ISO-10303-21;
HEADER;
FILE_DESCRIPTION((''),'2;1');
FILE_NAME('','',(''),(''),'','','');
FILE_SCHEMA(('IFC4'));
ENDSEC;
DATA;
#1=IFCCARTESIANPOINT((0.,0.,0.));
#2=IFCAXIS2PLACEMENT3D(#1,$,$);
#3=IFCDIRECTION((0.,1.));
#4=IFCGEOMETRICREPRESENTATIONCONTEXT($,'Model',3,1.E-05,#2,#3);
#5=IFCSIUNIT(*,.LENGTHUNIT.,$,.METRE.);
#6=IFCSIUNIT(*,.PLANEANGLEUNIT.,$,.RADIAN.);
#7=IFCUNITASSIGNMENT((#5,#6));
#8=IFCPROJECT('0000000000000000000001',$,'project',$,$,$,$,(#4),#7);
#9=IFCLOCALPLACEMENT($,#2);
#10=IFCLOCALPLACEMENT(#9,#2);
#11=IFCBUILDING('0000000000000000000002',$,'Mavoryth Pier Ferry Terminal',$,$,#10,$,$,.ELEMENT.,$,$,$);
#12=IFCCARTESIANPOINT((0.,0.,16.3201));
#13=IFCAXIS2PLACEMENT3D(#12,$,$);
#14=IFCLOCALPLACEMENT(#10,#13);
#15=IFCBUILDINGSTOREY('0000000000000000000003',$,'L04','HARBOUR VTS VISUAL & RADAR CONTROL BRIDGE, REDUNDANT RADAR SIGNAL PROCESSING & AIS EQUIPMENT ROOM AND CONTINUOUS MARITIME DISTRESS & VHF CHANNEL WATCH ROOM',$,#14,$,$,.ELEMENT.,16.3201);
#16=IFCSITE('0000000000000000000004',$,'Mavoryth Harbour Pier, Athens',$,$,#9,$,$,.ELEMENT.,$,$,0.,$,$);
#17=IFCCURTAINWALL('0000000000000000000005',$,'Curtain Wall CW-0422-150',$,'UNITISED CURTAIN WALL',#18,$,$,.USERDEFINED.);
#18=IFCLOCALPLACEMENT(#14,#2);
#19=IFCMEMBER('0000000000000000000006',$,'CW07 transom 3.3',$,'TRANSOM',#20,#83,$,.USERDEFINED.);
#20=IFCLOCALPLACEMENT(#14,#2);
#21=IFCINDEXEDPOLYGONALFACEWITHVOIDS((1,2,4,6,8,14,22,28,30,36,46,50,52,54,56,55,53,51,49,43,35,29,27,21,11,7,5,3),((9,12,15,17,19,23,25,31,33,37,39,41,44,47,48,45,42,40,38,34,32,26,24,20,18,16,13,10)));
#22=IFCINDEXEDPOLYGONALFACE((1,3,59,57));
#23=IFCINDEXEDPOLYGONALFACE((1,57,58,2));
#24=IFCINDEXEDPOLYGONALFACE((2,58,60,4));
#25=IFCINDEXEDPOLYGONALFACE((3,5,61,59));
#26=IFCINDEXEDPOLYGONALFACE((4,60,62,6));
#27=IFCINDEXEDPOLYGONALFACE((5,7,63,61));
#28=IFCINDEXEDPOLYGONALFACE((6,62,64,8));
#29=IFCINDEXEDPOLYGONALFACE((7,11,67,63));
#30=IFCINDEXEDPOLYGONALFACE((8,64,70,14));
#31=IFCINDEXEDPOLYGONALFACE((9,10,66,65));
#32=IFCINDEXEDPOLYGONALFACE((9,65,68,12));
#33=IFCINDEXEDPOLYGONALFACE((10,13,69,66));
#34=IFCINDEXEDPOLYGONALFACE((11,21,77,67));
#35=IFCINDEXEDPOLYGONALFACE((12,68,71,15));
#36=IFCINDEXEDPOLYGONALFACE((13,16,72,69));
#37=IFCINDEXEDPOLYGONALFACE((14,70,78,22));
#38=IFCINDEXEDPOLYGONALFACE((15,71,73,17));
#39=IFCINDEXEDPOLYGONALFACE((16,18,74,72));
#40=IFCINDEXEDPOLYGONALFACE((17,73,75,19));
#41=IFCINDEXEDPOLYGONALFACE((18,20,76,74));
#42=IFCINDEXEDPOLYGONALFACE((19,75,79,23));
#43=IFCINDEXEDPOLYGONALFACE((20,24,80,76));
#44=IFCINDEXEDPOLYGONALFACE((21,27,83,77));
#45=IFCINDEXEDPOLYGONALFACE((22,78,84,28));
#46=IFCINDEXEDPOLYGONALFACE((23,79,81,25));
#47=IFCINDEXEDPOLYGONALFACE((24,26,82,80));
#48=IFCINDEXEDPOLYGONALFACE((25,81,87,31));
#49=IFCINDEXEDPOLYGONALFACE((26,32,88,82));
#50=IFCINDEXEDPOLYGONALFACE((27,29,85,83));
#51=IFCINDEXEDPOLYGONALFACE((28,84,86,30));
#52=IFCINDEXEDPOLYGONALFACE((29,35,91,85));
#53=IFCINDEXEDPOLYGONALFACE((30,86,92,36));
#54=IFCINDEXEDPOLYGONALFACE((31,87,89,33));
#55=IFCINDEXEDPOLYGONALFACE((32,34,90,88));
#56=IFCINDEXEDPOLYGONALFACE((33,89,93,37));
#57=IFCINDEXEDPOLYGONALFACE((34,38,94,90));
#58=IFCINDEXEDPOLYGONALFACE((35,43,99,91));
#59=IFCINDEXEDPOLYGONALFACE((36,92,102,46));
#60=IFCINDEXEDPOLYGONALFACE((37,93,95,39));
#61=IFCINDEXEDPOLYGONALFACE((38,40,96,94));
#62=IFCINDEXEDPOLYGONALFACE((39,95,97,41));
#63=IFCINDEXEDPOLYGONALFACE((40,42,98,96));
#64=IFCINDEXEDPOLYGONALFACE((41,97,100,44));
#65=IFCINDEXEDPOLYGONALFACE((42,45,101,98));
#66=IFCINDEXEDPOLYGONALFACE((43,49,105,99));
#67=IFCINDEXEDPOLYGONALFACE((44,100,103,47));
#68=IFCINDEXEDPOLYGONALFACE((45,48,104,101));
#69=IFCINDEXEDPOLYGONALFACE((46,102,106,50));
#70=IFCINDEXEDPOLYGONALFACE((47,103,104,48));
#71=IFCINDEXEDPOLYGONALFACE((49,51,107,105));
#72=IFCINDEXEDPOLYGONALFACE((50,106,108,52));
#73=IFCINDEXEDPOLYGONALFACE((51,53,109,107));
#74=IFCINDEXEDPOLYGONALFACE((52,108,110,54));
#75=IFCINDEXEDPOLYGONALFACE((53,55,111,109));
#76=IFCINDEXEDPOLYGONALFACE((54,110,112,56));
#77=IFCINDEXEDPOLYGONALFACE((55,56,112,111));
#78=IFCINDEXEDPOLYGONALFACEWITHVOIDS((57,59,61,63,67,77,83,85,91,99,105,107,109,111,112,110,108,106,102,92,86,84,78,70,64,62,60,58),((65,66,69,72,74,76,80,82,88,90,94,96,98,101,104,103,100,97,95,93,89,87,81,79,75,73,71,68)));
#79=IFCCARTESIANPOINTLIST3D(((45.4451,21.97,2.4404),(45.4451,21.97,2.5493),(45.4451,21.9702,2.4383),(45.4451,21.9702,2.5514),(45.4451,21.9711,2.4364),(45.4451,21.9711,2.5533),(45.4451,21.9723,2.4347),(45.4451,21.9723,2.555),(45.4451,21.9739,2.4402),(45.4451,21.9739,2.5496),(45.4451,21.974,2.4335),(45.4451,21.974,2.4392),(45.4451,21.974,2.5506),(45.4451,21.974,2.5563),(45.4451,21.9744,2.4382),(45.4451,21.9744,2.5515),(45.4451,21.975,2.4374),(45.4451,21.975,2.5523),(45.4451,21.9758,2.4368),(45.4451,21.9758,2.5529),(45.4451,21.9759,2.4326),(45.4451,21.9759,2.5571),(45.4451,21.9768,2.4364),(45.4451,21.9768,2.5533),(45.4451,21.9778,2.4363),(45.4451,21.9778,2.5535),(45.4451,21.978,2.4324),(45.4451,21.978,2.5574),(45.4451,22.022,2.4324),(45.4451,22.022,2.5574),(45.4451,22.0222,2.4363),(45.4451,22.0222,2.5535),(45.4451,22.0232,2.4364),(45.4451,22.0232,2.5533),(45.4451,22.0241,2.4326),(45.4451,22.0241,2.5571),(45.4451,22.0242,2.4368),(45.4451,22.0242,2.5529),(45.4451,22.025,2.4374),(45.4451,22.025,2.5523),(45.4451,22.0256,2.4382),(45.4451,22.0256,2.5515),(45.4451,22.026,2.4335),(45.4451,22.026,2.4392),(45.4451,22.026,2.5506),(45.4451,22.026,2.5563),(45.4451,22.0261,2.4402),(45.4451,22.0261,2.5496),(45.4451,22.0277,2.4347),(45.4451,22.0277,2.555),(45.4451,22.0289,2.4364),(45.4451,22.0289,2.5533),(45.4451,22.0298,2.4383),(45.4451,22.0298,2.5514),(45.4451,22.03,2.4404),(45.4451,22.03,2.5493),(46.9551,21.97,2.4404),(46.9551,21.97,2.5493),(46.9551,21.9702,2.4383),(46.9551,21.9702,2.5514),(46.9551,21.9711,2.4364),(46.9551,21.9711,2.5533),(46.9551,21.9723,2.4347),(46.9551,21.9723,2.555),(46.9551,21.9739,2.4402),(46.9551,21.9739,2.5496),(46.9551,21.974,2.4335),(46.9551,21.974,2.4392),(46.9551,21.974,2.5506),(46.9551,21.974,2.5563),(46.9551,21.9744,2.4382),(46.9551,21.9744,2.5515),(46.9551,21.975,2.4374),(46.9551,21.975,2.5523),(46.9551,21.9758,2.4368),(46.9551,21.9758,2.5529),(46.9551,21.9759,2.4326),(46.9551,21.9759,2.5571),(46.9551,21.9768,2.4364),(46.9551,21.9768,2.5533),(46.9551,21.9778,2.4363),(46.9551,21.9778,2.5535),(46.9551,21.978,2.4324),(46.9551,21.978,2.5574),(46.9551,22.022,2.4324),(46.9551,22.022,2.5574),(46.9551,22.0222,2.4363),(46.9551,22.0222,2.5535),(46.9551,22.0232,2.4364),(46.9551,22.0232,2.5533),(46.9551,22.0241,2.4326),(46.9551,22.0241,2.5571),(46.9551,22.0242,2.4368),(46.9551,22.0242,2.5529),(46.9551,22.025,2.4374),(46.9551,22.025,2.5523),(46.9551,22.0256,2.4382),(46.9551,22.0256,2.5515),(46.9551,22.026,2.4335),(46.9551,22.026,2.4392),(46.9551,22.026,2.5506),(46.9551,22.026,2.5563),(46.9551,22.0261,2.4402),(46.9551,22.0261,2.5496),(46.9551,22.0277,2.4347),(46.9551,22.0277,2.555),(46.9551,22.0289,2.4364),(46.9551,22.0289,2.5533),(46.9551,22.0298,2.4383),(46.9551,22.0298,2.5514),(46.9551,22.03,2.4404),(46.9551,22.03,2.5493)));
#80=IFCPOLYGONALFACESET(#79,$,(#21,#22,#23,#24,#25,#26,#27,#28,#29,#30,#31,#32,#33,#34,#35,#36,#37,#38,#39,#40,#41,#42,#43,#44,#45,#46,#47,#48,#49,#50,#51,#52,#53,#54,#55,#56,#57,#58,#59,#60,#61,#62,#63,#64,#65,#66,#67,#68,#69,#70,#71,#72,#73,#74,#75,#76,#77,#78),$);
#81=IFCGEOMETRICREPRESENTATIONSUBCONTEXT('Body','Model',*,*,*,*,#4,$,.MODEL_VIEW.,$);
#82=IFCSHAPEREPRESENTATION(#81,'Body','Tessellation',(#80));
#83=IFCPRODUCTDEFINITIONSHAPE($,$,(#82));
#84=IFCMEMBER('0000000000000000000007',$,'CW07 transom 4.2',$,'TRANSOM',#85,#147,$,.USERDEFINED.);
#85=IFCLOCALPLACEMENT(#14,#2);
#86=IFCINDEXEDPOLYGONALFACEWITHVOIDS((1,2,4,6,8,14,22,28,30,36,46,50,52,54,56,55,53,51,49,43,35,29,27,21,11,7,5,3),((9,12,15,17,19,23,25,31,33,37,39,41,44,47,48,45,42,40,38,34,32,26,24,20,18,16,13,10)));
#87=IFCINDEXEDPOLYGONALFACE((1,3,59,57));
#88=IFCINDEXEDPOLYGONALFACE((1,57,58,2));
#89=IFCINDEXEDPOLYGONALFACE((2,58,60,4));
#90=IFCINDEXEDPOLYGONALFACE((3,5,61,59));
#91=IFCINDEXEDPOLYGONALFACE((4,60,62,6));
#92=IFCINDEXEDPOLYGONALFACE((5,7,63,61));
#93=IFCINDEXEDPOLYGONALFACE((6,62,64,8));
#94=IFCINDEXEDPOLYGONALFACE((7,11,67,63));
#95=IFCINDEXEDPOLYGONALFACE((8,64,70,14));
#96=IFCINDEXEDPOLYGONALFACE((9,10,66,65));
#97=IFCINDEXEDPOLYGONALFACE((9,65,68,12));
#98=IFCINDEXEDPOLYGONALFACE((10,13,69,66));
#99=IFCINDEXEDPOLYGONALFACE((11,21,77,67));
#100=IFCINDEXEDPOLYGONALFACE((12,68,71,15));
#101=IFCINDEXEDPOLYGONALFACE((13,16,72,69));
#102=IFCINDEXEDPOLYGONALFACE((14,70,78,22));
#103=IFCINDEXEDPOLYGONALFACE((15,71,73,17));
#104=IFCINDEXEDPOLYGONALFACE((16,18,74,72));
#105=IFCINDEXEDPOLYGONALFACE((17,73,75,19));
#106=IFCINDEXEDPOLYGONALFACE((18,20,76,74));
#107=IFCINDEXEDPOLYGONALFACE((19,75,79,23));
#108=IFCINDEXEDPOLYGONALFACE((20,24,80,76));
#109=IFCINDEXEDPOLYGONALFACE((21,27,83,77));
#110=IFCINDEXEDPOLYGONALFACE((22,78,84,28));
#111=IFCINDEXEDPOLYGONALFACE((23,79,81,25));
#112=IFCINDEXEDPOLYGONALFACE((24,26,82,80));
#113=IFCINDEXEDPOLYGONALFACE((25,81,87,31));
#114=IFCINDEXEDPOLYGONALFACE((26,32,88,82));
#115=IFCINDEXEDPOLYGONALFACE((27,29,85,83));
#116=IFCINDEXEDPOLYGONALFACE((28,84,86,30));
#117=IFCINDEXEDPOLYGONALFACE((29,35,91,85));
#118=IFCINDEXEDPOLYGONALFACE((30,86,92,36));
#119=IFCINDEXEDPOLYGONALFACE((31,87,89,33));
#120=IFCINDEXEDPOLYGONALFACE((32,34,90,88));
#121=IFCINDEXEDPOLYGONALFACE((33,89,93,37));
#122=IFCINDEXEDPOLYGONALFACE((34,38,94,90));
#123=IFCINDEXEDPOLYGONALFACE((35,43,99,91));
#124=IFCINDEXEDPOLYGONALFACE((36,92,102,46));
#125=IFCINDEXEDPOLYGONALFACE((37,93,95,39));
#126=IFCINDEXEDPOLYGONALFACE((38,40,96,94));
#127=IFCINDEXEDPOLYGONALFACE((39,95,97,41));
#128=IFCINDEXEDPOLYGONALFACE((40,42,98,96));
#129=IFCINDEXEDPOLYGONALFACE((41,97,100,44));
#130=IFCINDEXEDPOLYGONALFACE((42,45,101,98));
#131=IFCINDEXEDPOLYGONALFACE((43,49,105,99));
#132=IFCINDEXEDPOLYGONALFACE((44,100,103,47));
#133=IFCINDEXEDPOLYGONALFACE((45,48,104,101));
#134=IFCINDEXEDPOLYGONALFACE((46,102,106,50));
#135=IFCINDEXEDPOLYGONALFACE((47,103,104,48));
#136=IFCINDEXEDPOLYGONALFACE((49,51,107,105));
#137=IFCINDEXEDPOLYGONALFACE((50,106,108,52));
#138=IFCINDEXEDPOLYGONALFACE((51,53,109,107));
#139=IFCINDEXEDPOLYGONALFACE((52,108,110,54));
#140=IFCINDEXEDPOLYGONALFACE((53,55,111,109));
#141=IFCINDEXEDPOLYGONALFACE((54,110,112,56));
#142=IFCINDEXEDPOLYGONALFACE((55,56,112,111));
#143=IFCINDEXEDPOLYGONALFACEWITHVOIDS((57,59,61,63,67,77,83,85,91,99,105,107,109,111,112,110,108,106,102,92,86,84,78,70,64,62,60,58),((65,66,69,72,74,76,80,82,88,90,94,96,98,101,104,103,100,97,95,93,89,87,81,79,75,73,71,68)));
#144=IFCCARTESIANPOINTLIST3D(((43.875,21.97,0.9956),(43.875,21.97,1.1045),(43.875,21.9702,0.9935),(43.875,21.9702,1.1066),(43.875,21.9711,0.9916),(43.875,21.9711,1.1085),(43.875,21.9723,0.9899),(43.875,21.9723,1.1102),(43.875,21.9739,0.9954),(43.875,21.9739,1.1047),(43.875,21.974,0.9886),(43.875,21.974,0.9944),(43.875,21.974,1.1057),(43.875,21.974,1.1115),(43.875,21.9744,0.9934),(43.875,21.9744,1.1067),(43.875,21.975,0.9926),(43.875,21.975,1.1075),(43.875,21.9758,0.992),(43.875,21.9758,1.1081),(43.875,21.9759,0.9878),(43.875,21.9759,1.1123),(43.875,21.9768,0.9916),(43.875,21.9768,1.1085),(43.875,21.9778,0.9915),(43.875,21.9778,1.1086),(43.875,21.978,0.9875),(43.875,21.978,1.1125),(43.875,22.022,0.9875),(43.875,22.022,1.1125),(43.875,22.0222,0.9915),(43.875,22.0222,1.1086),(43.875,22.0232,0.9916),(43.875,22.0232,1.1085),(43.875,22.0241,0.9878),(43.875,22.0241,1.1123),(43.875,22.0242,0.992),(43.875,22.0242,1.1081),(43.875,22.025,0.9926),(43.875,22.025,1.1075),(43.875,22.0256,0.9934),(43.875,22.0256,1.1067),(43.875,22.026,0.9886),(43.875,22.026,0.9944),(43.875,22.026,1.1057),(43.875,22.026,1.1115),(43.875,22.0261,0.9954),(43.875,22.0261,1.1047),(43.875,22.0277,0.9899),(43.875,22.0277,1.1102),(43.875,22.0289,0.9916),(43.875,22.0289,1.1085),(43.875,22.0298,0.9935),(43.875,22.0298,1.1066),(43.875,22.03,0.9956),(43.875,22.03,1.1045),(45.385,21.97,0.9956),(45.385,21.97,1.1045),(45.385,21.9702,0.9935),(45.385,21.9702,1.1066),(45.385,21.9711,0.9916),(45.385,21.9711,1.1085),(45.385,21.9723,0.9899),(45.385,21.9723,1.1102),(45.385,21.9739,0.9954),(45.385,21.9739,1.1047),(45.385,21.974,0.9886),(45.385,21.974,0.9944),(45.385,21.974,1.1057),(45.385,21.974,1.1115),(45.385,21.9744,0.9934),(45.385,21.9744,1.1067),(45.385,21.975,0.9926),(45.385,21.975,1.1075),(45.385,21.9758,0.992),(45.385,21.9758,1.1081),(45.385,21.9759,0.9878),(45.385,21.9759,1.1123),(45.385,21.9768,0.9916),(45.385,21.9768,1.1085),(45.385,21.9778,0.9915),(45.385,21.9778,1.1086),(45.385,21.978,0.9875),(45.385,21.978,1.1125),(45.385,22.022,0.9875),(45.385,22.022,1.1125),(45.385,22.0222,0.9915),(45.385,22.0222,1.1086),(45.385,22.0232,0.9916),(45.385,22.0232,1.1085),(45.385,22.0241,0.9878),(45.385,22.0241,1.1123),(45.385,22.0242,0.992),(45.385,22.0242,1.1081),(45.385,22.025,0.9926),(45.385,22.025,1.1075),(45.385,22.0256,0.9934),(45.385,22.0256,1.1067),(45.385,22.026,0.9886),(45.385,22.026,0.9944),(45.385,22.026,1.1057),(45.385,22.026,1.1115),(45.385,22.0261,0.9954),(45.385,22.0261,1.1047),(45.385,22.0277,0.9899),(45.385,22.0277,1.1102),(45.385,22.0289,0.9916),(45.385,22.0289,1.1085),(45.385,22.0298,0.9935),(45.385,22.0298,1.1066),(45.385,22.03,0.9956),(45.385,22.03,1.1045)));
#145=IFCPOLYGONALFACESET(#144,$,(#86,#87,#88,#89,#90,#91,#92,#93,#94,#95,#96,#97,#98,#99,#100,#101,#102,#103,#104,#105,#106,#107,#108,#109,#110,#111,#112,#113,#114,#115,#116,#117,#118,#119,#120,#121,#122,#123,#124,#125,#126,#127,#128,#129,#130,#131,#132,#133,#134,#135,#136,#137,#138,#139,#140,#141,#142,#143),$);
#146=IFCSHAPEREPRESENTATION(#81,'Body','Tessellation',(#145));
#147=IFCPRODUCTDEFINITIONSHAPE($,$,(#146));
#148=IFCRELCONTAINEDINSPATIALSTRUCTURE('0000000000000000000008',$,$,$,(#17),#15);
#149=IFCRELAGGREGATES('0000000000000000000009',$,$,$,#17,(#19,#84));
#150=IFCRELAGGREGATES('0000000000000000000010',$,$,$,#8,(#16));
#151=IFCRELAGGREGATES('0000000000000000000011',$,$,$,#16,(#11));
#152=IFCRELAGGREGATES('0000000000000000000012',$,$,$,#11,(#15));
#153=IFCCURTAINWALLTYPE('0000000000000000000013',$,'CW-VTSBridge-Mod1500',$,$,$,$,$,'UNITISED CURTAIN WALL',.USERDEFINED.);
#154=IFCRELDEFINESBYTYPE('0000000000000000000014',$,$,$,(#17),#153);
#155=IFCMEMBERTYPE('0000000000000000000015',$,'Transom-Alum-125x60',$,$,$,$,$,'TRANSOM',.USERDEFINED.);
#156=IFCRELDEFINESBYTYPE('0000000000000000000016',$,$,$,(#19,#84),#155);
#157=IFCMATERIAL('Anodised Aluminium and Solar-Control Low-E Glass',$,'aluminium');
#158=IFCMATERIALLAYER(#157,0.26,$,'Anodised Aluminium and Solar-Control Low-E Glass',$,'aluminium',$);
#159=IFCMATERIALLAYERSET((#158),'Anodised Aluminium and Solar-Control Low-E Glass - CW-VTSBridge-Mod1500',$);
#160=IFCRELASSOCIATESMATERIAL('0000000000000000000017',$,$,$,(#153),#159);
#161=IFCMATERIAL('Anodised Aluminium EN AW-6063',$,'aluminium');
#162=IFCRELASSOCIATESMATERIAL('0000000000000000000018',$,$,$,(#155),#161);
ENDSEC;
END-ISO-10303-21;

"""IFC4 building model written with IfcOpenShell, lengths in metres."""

from ifc_helpers import new_model, si_unit, direction, frame, origin, origin_2d, place, context, subcontext, project, spatial, hollow_rectangle, extrude, material, layer, layer_set, material_profile, profile_set, type_object, element, aggregate, save


model = new_model("IFC4")

# Units and contexts
model_context = context("Model", 3, precision=1e-05, world=origin(), true_north=direction((0.0, 1.0)))
body_context = subcontext(model_context, "Body", "Model", "MODEL_VIEW")
ifc_project = project(units=[si_unit("LENGTHUNIT", "METRE"), si_unit("PLANEANGLEUNIT", "RADIAN")], contexts=[model_context])

# Site, building, storey
site_placement = place(None, origin())
site = spatial("IfcSite", under=ifc_project, at=site_placement, Name="Mavoryth Harbour Pier, Athens", CompositionType="ELEMENT", RefElevation=0.0)
building_placement = place(site_placement, origin())
building = spatial("IfcBuilding", under=site, at=building_placement, Name="Mavoryth Pier Ferry Terminal", CompositionType="ELEMENT")
storey_placement = place(building_placement, frame((0.0, 0.0, 16.3201)))
storey = spatial("IfcBuildingStorey", under=building, at=storey_placement, Name="L04", Description="HARBOUR VTS VISUAL & RADAR CONTROL BRIDGE, REDUNDANT RADAR SIGNAL PROCESSING & AIS EQUIPMENT ROOM AND CONTINUOUS MARITIME DISTRESS & VHF CHANNEL WATCH ROOM", CompositionType="ELEMENT", Elevation=16.3201)

# Curtain wall, members
ifc_material_1 = material(Name="Anodised Aluminium and Solar-Control Low-E Glass", Category="aluminium")
ifc_layer_1 = layer(ifc_material_1, 0.26, Name="Anodised Aluminium and Solar-Control Low-E Glass", Category="aluminium")
ifc_layer_set_1 = layer_set([ifc_layer_1], Name="Anodised Aluminium and Solar-Control Low-E Glass - CW-VTSBridge-Mod1500")
curtain_wall_type = type_object("IfcCurtainWallType", Name="CW-VTSBridge-Mod1500", ElementType="UNITISED CURTAIN WALL", PredefinedType="USERDEFINED", material=ifc_layer_set_1)
curtain_wall_placement = place(storey_placement, origin())
curtain_wall = element("IfcCurtainWall", 1, at=curtain_wall_placement, inside=storey, type_object=curtain_wall_type, Name="Curtain Wall CW-0422-150", ObjectType="UNITISED CURTAIN WALL", PredefinedType="USERDEFINED")
ifc_material_2 = material(Name="Anodised Aluminium EN AW-6063", Category="aluminium")
ifc_material_profile_1 = material_profile(ifc_material_2, hollow_rectangle(XDim=0.0601, YDim=0.125, WallThickness=0.0039, InnerFilletRadius=0.0039, OuterFilletRadius=0.0081, at=origin_2d()), Name="AL-TRAN 125x60x4", Category="aluminium")
ifc_profile_set_1 = profile_set([ifc_material_profile_1], Name="Anodised Aluminium EN AW-6063 - AL-TRAN 125x60x4")
member_type_1 = type_object("IfcMemberType", Name="Transom-Alum-125x60", ElementType="TRANSOM", PredefinedType="USERDEFINED", material=ifc_profile_set_1)
member_1_placement = place(storey_placement, frame((46.9551, 22.0, 2.4949), z_axis=(-1.0, 0.0, 0.0), x_axis=(0.0, -1.0, 0.0)))
member_1 = element("IfcMember", 2, at=member_1_placement, type_object=member_type_1, Name="CW07 transom 3.3", ObjectType="TRANSOM", PredefinedType="USERDEFINED", context=body_context, shape_type="SweptSolid", body=[
    extrude(hollow_rectangle(XDim=0.0601, YDim=0.125, WallThickness=0.0039, InnerFilletRadius=0.0039, OuterFilletRadius=0.0081, at=origin_2d()), origin(), (0.0, 0.0, 1.0), 1.51),
])
member_2_placement = place(storey_placement, frame((45.385, 22.0, 1.05), z_axis=(-1.0, 0.0, 0.0), x_axis=(0.0, -1.0, 0.0)))
member_2 = element("IfcMember", 3, at=member_2_placement, type_object=member_type_1, Name="CW07 transom 4.2", ObjectType="TRANSOM", PredefinedType="USERDEFINED", context=body_context, shape_type="SweptSolid", body=[
    extrude(hollow_rectangle(XDim=0.0601, YDim=0.125, WallThickness=0.0039, InnerFilletRadius=0.0039, OuterFilletRadius=0.0081, at=origin_2d()), origin(), (0.0, 0.0, 1.0), 1.51),
])
aggregate(curtain_wall, [member_1, member_2])

save(model, "model.ifc")
